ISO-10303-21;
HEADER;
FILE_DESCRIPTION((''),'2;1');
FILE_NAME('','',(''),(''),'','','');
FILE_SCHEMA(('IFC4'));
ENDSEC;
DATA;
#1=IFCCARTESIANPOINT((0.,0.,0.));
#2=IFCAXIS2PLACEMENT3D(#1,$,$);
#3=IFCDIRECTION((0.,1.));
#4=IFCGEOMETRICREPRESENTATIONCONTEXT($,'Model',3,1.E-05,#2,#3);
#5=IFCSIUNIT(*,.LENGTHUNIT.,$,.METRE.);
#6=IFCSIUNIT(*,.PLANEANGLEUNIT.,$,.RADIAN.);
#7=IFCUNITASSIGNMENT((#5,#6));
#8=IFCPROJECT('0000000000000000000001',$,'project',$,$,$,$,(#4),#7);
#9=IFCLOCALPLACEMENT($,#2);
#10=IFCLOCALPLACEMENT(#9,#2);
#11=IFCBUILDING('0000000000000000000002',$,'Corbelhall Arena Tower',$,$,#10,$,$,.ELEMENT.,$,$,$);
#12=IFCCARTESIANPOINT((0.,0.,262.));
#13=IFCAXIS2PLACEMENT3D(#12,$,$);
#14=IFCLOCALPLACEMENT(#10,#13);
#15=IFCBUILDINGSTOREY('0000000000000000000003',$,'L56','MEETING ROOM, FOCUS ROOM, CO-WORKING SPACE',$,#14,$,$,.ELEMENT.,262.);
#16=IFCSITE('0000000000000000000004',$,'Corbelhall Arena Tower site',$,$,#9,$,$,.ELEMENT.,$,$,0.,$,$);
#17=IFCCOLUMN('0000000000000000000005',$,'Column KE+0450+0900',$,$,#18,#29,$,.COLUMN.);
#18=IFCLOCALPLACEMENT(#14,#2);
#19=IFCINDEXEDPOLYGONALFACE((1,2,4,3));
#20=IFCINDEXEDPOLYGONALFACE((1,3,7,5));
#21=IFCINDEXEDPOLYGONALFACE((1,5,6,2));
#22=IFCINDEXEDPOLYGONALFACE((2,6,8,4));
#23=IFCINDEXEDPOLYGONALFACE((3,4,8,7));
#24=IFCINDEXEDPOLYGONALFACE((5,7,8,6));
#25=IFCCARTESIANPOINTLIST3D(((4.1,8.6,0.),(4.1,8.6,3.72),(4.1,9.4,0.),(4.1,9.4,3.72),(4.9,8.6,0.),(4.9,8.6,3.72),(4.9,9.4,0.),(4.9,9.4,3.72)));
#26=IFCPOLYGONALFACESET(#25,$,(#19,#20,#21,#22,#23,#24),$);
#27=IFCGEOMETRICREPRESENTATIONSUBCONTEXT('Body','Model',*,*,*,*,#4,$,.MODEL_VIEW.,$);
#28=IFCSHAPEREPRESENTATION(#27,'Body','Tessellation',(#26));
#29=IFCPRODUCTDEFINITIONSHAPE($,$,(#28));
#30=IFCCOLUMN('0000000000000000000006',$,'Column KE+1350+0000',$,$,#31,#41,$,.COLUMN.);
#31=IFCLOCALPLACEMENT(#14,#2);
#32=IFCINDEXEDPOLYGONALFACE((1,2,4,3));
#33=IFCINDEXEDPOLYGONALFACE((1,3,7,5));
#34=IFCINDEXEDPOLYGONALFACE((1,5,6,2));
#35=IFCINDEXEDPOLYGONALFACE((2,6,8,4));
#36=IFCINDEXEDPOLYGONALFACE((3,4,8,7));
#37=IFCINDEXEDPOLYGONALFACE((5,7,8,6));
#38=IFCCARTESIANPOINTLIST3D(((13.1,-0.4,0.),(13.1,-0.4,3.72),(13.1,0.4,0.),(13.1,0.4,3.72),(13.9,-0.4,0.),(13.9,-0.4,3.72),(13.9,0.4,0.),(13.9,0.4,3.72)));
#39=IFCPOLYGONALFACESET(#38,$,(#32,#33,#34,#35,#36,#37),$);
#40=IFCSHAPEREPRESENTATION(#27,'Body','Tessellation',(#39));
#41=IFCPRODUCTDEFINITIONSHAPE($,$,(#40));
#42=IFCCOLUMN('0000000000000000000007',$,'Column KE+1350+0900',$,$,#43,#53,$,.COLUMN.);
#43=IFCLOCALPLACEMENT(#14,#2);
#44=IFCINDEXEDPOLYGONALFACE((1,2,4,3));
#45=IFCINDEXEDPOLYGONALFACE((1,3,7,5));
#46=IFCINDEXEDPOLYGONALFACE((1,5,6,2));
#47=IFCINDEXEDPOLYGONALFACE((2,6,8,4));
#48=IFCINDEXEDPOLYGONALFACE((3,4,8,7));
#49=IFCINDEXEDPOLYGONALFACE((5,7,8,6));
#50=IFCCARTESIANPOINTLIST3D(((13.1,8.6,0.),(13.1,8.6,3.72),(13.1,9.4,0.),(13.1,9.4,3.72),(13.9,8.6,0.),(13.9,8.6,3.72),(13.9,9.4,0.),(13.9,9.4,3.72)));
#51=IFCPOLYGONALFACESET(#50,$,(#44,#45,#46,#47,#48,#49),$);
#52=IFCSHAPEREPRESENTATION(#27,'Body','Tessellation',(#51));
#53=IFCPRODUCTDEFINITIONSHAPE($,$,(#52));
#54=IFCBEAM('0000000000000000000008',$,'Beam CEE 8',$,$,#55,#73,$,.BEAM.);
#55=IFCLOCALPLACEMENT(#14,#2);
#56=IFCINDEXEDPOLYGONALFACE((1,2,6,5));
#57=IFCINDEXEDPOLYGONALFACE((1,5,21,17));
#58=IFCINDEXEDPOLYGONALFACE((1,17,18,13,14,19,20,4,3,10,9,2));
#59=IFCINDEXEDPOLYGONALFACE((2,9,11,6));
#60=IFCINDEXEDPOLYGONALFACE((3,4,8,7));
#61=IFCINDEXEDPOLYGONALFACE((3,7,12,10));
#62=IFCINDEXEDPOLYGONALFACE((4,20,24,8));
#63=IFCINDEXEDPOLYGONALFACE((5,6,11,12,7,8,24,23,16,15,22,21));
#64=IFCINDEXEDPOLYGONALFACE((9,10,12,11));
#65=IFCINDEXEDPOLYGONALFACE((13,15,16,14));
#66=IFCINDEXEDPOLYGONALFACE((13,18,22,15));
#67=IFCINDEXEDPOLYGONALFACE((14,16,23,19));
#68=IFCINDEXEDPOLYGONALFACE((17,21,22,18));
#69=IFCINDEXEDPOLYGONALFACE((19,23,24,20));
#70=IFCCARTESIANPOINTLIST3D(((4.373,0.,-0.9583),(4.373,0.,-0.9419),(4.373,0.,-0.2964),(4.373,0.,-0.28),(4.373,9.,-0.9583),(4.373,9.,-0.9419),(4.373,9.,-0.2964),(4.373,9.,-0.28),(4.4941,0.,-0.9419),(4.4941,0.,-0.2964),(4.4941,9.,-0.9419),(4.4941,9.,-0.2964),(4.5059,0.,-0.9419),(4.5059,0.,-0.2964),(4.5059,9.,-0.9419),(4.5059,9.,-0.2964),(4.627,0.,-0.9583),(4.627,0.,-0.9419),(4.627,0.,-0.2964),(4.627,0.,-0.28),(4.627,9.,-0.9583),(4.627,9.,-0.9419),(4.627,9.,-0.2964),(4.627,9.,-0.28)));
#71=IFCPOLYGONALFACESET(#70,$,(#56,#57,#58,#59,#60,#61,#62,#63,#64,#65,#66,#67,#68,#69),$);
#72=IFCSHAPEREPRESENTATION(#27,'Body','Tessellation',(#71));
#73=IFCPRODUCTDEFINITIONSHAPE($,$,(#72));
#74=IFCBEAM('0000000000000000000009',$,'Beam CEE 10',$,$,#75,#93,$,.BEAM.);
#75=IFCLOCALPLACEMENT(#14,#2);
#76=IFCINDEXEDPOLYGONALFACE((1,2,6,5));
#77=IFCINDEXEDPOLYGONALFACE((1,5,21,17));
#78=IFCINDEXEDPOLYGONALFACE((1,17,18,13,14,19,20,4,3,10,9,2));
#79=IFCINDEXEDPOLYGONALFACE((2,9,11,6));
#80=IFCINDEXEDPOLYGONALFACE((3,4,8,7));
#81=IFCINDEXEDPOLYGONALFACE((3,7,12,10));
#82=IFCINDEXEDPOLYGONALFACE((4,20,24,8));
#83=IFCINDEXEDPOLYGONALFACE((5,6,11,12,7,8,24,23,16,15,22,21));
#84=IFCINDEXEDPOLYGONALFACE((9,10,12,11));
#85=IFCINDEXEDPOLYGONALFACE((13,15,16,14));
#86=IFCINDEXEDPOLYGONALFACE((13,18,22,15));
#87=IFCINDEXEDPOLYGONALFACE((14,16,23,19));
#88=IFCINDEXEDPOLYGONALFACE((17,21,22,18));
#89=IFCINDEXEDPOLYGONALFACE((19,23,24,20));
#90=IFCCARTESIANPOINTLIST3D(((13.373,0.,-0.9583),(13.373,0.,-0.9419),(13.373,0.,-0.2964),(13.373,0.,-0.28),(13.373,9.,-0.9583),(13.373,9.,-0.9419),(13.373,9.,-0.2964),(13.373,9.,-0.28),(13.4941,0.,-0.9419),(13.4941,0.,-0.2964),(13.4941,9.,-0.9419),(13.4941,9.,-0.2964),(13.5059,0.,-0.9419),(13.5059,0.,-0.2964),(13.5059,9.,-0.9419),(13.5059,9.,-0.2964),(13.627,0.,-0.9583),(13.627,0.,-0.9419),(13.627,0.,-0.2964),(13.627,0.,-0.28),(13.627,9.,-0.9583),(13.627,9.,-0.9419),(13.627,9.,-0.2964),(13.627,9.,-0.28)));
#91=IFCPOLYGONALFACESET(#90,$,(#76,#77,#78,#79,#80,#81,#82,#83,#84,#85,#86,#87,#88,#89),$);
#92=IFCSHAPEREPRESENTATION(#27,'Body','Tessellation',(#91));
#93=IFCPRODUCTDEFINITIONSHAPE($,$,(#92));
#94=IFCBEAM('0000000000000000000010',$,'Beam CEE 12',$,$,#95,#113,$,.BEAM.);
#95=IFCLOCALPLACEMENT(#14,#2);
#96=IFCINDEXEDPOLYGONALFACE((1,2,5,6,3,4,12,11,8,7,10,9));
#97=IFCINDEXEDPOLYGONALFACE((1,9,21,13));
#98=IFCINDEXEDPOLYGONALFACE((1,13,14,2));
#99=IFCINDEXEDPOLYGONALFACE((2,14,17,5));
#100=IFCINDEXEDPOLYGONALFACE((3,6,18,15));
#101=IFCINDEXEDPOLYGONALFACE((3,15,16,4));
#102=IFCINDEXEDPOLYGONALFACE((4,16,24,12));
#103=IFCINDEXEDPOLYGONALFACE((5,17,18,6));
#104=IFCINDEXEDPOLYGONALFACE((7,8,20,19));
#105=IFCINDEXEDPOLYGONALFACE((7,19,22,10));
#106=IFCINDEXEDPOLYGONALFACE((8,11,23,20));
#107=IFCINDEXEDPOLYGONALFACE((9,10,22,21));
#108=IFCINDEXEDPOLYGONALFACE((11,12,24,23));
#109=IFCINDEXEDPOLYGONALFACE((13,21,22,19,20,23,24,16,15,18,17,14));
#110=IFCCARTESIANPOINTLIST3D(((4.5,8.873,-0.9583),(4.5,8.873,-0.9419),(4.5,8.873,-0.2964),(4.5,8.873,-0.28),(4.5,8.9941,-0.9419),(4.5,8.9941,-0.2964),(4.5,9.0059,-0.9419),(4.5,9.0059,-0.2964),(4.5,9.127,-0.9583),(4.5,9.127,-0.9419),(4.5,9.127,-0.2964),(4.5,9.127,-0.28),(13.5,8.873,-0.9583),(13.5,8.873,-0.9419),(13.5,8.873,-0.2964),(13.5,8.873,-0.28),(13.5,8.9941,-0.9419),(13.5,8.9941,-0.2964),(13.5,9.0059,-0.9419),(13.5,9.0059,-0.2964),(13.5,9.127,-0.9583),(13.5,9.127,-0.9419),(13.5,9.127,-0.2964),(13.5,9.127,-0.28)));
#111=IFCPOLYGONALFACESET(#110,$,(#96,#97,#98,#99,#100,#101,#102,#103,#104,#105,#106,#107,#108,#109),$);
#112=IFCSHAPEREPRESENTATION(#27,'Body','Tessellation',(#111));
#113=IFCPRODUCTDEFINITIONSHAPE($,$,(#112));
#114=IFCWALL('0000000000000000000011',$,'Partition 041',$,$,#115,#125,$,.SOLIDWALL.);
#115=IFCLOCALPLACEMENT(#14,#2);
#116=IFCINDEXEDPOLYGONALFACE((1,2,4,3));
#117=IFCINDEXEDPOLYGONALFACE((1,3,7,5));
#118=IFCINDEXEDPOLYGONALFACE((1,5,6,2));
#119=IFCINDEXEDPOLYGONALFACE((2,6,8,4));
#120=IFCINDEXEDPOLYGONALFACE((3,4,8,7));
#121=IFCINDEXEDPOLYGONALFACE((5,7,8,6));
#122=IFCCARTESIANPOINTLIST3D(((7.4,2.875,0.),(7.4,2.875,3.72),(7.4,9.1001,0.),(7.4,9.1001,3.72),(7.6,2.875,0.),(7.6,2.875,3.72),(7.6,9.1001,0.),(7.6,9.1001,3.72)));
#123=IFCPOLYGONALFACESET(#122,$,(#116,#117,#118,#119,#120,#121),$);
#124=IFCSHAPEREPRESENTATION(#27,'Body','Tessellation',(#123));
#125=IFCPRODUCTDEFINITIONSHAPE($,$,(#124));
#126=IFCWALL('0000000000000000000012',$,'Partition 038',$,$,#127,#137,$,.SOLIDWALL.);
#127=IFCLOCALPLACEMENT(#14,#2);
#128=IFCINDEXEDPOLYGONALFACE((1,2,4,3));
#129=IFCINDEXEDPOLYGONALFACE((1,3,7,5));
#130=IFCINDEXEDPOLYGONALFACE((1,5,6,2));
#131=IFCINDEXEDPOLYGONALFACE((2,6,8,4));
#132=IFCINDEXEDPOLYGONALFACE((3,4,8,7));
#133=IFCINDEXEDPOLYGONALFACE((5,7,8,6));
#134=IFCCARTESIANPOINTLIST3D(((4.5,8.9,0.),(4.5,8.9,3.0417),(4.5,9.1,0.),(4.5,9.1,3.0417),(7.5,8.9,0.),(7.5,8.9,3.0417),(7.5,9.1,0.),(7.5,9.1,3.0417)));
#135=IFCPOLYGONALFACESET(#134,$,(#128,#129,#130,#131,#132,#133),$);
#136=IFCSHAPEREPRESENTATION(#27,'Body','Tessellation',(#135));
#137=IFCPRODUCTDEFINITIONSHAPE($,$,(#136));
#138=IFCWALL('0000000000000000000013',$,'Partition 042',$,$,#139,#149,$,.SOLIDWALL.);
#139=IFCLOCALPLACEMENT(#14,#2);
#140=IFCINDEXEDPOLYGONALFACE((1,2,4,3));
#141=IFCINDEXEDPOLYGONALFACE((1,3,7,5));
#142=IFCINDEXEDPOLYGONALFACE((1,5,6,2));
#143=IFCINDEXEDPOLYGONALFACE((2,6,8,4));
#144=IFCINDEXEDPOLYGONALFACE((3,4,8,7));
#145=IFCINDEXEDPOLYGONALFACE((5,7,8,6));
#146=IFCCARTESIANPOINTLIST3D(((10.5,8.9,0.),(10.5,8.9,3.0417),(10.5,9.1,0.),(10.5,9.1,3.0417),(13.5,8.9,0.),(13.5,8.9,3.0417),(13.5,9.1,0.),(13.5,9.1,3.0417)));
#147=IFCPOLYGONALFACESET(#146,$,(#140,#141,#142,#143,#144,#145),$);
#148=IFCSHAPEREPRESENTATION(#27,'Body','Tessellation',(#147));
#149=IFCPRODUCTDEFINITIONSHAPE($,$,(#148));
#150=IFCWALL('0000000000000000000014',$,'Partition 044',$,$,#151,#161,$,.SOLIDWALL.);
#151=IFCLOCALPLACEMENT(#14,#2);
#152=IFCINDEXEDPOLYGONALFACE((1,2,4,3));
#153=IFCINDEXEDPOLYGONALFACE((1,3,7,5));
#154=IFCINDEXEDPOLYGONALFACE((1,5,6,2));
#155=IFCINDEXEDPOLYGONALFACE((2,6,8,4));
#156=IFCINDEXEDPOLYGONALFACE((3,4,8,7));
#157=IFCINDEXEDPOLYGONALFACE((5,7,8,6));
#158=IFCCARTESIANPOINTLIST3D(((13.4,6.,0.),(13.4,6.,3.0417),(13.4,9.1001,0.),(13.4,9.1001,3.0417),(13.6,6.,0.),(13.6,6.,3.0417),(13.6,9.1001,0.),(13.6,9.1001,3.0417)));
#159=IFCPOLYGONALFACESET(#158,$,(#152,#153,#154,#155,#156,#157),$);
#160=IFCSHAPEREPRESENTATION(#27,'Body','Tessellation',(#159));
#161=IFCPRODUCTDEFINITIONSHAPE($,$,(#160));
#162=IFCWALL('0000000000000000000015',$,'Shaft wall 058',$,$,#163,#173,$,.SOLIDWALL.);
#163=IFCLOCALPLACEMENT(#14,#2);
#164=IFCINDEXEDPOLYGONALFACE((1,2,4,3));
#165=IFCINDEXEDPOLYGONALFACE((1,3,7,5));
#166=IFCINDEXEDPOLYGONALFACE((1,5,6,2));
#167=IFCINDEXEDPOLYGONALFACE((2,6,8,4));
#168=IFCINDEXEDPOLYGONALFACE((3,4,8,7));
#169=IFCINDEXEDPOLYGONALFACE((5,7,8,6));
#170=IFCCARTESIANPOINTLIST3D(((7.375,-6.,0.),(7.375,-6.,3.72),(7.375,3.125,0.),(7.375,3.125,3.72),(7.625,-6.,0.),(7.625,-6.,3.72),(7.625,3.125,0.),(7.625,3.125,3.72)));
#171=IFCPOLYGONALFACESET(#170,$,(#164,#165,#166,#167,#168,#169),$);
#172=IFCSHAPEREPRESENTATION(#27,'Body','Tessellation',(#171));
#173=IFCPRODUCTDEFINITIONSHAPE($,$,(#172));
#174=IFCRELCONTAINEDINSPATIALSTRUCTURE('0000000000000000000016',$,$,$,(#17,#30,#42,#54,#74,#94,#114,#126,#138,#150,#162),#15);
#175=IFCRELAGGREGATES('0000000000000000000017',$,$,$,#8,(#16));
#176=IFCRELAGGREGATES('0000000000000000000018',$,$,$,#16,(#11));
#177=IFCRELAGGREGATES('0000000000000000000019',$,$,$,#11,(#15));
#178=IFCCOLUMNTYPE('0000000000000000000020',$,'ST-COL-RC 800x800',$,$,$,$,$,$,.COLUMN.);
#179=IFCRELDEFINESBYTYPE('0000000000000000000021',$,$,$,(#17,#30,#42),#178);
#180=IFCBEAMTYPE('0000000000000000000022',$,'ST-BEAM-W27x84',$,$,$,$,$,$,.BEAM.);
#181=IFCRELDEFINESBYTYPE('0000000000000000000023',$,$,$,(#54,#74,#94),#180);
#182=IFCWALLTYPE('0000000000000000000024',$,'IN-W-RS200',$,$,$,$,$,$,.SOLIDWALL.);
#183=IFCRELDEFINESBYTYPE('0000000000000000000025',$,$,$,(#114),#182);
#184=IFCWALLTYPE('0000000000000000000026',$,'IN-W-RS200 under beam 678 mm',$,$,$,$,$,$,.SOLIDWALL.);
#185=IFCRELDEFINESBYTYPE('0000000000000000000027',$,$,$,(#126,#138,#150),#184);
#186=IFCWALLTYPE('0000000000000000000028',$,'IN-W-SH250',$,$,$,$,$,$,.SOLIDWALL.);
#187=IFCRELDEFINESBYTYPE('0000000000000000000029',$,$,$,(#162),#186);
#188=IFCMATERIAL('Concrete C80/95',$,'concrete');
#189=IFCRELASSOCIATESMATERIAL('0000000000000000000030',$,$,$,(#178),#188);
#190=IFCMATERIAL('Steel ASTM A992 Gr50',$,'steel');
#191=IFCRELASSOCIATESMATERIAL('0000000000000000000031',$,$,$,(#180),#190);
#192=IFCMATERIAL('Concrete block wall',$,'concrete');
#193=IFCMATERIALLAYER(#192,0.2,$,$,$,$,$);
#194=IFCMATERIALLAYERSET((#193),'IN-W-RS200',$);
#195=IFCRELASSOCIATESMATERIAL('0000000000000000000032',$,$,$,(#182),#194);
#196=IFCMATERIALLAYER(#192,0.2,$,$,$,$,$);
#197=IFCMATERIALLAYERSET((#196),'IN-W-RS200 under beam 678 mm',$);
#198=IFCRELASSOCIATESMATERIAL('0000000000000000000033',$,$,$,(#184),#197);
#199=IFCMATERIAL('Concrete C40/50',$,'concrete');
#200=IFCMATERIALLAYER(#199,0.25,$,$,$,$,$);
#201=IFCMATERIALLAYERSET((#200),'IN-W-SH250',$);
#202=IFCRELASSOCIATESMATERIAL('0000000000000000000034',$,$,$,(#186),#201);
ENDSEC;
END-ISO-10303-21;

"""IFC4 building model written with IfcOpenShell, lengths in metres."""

from ifc_helpers import new_model, si_unit, direction, frame, frame_2d, origin, origin_2d, place, context, subcontext, project, spatial, rectangle, i_section, extrude, material, layer, layer_set, material_profile, profile_set, type_object, element, save


model = new_model("IFC4")

# Units and contexts
model_context = context("Model", 3, precision=1e-05, world=origin(), true_north=direction((0.0, 1.0)))
body_context = subcontext(model_context, "Body", "Model", "MODEL_VIEW")
ifc_project = project(units=[si_unit("LENGTHUNIT", "METRE"), si_unit("PLANEANGLEUNIT", "RADIAN")], contexts=[model_context])

# Site, building, storey
site_placement = place(None, origin())
site = spatial("IfcSite", under=ifc_project, at=site_placement, Name="Corbelhall Arena Tower site", CompositionType="ELEMENT", RefElevation=0.0)
building_placement = place(site_placement, origin())
building = spatial("IfcBuilding", under=site, at=building_placement, Name="Corbelhall Arena Tower", CompositionType="ELEMENT")
storey_placement = place(building_placement, frame((0.0, 0.0, 262.0)))
storey = spatial("IfcBuildingStorey", under=building, at=storey_placement, Name="L56", Description="MEETING ROOM, FOCUS ROOM, CO-WORKING SPACE", CompositionType="ELEMENT", Elevation=262.0)

# Columns
ifc_material_1 = material(Name="Concrete C80/95", Category="concrete")
ifc_material_profile_1 = material_profile(ifc_material_1, rectangle(XDim=0.8, YDim=0.8, at=origin_2d()))
ifc_profile_set_1 = profile_set([ifc_material_profile_1], Name="Concrete C80/95")
column_type = type_object("IfcColumnType", Name="ST-COL-RC 800x800", PredefinedType="COLUMN", material=ifc_profile_set_1)
for number, where, z_axis, x_axis, name in (
    (1, (4.5, 9.0, 0.0), (0.0, 0.0, 1.0), (1.0, 0.0, 0.0), "Column KE+0450+0900"),
    (2, (13.5, 0.0, 0.0), (0.0, 0.0, 1.0), (1.0, 0.0, 0.0), "Column KE+1350+0000"),
    (3, (13.5, 9.0, 0.0), (0.0, 0.0, 1.0), (1.0, 0.0, 0.0), "Column KE+1350+0900"),
):
    element("IfcColumn", number, at=place(storey_placement, frame(where, z_axis=z_axis, x_axis=x_axis)), inside=storey, type_object=column_type, Name=name, PredefinedType="COLUMN", context=body_context, shape_type="SweptSolid", body=[
        extrude(rectangle(XDim=0.8, YDim=0.8, at=origin_2d()), origin(), (0.0, 0.0, 1.0), 3.72),
    ])

# Beams
ifc_material_2 = material(Name="Steel ASTM A992 Gr50", Category="steel")
ifc_material_profile_2 = material_profile(ifc_material_2, i_section(OverallWidth=0.2539, OverallDepth=0.6782, WebThickness=0.0117, FlangeThickness=0.0164, at=origin_2d()))
ifc_profile_set_2 = profile_set([ifc_material_profile_2], Name="Steel ASTM A992 Gr50")
beam_type = type_object("IfcBeamType", Name="ST-BEAM-W27x84", PredefinedType="BEAM", material=ifc_profile_set_2)
for number, where, z_axis, x_axis, name in (
    (4, (4.5, 0.0, -0.6191), (0.0, 1.0, 0.0), (-1.0, 0.0, 0.0), "Beam CEE 8"),
    (5, (13.5, 0.0, -0.6191), (0.0, 1.0, 0.0), (-1.0, 0.0, 0.0), "Beam CEE 10"),
    (6, (4.5, 9.0, -0.6191), (1.0, 0.0, 0.0), (0.0, 1.0, 0.0), "Beam CEE 12"),
):
    element("IfcBeam", number, at=place(storey_placement, frame(where, z_axis=z_axis, x_axis=x_axis)), inside=storey, type_object=beam_type, Name=name, PredefinedType="BEAM", context=body_context, shape_type="SweptSolid", body=[
        extrude(i_section(OverallWidth=0.2539, OverallDepth=0.6782, WebThickness=0.0117, FlangeThickness=0.0164, at=origin_2d()), origin(), (0.0, 0.0, 1.0), 9.0),
    ])

# Wall
ifc_material_3 = material(Name="Concrete block wall", Category="concrete")
ifc_layer_1 = layer(ifc_material_3, 0.2)
ifc_layer_set_1 = layer_set([ifc_layer_1], Name="IN-W-RS200")
wall_type_1 = type_object("IfcWallType", Name="IN-W-RS200", PredefinedType="SOLIDWALL", material=ifc_layer_set_1)
wall_1_placement = place(storey_placement, frame((7.5, 9.1001, 0.0), z_axis=(0.0, 0.0, 1.0), x_axis=(0.0, -1.0, 0.0)))
element("IfcWall", 7, at=wall_1_placement, inside=storey, type_object=wall_type_1, Name="Partition 041", PredefinedType="SOLIDWALL", context=body_context, shape_type="SweptSolid", body=[
    extrude(rectangle(XDim=6.2251, YDim=0.2, at=frame_2d((3.1125, 0.0))), origin(), (0.0, 0.0, 1.0), 3.72),
])

# Shared definitions
ifc_layer_2 = layer(ifc_material_3, 0.2)
ifc_layer_set_2 = layer_set([ifc_layer_2], Name="IN-W-RS200 under beam 678 mm")
wall_type_2 = type_object("IfcWallType", Name="IN-W-RS200 under beam 678 mm", PredefinedType="SOLIDWALL", material=ifc_layer_set_2)

# Walls
for number, where, z_axis, x_axis, name in (
    (8, (4.5, 9.0, 0.0), (0.0, 0.0, 1.0), (1.0, 0.0, 0.0), "Partition 038"),
    (9, (10.5, 9.0, 0.0), (0.0, 0.0, 1.0), (1.0, 0.0, 0.0), "Partition 042"),
):
    element("IfcWall", number, at=place(storey_placement, frame(where, z_axis=z_axis, x_axis=x_axis)), inside=storey, type_object=wall_type_2, Name=name, PredefinedType="SOLIDWALL", context=body_context, shape_type="SweptSolid", body=[
        extrude(rectangle(XDim=3.0, YDim=0.2, at=frame_2d((1.5, 0.0))), origin(), (0.0, 0.0, 1.0), 3.0417),
    ])
wall_2_placement = place(storey_placement, frame((13.5, 9.1001, 0.0), z_axis=(0.0, 0.0, 1.0), x_axis=(0.0, -1.0, 0.0)))
element("IfcWall", 10, at=wall_2_placement, inside=storey, type_object=wall_type_2, Name="Partition 044", PredefinedType="SOLIDWALL", context=body_context, shape_type="SweptSolid", body=[
    extrude(rectangle(XDim=3.1001, YDim=0.2, at=frame_2d((1.55, 0.0))), origin(), (0.0, 0.0, 1.0), 3.0417),
])
ifc_material_4 = material(Name="Concrete C40/50", Category="concrete")
ifc_layer_3 = layer(ifc_material_4, 0.25)
ifc_layer_set_3 = layer_set([ifc_layer_3], Name="IN-W-SH250")
wall_type_3 = type_object("IfcWallType", Name="IN-W-SH250", PredefinedType="SOLIDWALL", material=ifc_layer_set_3)
wall_3_placement = place(storey_placement, frame((7.5, 3.125, 0.0), z_axis=(0.0, 0.0, 1.0), x_axis=(0.0, -1.0, 0.0)))
element("IfcWall", 11, at=wall_3_placement, inside=storey, type_object=wall_type_3, Name="Shaft wall 058", PredefinedType="SOLIDWALL", context=body_context, shape_type="SweptSolid", body=[
    extrude(rectangle(XDim=9.125, YDim=0.25, at=frame_2d((4.5625, 0.0))), origin(), (0.0, 0.0, 1.0), 3.72),
])

save(model, "model.ifc")
